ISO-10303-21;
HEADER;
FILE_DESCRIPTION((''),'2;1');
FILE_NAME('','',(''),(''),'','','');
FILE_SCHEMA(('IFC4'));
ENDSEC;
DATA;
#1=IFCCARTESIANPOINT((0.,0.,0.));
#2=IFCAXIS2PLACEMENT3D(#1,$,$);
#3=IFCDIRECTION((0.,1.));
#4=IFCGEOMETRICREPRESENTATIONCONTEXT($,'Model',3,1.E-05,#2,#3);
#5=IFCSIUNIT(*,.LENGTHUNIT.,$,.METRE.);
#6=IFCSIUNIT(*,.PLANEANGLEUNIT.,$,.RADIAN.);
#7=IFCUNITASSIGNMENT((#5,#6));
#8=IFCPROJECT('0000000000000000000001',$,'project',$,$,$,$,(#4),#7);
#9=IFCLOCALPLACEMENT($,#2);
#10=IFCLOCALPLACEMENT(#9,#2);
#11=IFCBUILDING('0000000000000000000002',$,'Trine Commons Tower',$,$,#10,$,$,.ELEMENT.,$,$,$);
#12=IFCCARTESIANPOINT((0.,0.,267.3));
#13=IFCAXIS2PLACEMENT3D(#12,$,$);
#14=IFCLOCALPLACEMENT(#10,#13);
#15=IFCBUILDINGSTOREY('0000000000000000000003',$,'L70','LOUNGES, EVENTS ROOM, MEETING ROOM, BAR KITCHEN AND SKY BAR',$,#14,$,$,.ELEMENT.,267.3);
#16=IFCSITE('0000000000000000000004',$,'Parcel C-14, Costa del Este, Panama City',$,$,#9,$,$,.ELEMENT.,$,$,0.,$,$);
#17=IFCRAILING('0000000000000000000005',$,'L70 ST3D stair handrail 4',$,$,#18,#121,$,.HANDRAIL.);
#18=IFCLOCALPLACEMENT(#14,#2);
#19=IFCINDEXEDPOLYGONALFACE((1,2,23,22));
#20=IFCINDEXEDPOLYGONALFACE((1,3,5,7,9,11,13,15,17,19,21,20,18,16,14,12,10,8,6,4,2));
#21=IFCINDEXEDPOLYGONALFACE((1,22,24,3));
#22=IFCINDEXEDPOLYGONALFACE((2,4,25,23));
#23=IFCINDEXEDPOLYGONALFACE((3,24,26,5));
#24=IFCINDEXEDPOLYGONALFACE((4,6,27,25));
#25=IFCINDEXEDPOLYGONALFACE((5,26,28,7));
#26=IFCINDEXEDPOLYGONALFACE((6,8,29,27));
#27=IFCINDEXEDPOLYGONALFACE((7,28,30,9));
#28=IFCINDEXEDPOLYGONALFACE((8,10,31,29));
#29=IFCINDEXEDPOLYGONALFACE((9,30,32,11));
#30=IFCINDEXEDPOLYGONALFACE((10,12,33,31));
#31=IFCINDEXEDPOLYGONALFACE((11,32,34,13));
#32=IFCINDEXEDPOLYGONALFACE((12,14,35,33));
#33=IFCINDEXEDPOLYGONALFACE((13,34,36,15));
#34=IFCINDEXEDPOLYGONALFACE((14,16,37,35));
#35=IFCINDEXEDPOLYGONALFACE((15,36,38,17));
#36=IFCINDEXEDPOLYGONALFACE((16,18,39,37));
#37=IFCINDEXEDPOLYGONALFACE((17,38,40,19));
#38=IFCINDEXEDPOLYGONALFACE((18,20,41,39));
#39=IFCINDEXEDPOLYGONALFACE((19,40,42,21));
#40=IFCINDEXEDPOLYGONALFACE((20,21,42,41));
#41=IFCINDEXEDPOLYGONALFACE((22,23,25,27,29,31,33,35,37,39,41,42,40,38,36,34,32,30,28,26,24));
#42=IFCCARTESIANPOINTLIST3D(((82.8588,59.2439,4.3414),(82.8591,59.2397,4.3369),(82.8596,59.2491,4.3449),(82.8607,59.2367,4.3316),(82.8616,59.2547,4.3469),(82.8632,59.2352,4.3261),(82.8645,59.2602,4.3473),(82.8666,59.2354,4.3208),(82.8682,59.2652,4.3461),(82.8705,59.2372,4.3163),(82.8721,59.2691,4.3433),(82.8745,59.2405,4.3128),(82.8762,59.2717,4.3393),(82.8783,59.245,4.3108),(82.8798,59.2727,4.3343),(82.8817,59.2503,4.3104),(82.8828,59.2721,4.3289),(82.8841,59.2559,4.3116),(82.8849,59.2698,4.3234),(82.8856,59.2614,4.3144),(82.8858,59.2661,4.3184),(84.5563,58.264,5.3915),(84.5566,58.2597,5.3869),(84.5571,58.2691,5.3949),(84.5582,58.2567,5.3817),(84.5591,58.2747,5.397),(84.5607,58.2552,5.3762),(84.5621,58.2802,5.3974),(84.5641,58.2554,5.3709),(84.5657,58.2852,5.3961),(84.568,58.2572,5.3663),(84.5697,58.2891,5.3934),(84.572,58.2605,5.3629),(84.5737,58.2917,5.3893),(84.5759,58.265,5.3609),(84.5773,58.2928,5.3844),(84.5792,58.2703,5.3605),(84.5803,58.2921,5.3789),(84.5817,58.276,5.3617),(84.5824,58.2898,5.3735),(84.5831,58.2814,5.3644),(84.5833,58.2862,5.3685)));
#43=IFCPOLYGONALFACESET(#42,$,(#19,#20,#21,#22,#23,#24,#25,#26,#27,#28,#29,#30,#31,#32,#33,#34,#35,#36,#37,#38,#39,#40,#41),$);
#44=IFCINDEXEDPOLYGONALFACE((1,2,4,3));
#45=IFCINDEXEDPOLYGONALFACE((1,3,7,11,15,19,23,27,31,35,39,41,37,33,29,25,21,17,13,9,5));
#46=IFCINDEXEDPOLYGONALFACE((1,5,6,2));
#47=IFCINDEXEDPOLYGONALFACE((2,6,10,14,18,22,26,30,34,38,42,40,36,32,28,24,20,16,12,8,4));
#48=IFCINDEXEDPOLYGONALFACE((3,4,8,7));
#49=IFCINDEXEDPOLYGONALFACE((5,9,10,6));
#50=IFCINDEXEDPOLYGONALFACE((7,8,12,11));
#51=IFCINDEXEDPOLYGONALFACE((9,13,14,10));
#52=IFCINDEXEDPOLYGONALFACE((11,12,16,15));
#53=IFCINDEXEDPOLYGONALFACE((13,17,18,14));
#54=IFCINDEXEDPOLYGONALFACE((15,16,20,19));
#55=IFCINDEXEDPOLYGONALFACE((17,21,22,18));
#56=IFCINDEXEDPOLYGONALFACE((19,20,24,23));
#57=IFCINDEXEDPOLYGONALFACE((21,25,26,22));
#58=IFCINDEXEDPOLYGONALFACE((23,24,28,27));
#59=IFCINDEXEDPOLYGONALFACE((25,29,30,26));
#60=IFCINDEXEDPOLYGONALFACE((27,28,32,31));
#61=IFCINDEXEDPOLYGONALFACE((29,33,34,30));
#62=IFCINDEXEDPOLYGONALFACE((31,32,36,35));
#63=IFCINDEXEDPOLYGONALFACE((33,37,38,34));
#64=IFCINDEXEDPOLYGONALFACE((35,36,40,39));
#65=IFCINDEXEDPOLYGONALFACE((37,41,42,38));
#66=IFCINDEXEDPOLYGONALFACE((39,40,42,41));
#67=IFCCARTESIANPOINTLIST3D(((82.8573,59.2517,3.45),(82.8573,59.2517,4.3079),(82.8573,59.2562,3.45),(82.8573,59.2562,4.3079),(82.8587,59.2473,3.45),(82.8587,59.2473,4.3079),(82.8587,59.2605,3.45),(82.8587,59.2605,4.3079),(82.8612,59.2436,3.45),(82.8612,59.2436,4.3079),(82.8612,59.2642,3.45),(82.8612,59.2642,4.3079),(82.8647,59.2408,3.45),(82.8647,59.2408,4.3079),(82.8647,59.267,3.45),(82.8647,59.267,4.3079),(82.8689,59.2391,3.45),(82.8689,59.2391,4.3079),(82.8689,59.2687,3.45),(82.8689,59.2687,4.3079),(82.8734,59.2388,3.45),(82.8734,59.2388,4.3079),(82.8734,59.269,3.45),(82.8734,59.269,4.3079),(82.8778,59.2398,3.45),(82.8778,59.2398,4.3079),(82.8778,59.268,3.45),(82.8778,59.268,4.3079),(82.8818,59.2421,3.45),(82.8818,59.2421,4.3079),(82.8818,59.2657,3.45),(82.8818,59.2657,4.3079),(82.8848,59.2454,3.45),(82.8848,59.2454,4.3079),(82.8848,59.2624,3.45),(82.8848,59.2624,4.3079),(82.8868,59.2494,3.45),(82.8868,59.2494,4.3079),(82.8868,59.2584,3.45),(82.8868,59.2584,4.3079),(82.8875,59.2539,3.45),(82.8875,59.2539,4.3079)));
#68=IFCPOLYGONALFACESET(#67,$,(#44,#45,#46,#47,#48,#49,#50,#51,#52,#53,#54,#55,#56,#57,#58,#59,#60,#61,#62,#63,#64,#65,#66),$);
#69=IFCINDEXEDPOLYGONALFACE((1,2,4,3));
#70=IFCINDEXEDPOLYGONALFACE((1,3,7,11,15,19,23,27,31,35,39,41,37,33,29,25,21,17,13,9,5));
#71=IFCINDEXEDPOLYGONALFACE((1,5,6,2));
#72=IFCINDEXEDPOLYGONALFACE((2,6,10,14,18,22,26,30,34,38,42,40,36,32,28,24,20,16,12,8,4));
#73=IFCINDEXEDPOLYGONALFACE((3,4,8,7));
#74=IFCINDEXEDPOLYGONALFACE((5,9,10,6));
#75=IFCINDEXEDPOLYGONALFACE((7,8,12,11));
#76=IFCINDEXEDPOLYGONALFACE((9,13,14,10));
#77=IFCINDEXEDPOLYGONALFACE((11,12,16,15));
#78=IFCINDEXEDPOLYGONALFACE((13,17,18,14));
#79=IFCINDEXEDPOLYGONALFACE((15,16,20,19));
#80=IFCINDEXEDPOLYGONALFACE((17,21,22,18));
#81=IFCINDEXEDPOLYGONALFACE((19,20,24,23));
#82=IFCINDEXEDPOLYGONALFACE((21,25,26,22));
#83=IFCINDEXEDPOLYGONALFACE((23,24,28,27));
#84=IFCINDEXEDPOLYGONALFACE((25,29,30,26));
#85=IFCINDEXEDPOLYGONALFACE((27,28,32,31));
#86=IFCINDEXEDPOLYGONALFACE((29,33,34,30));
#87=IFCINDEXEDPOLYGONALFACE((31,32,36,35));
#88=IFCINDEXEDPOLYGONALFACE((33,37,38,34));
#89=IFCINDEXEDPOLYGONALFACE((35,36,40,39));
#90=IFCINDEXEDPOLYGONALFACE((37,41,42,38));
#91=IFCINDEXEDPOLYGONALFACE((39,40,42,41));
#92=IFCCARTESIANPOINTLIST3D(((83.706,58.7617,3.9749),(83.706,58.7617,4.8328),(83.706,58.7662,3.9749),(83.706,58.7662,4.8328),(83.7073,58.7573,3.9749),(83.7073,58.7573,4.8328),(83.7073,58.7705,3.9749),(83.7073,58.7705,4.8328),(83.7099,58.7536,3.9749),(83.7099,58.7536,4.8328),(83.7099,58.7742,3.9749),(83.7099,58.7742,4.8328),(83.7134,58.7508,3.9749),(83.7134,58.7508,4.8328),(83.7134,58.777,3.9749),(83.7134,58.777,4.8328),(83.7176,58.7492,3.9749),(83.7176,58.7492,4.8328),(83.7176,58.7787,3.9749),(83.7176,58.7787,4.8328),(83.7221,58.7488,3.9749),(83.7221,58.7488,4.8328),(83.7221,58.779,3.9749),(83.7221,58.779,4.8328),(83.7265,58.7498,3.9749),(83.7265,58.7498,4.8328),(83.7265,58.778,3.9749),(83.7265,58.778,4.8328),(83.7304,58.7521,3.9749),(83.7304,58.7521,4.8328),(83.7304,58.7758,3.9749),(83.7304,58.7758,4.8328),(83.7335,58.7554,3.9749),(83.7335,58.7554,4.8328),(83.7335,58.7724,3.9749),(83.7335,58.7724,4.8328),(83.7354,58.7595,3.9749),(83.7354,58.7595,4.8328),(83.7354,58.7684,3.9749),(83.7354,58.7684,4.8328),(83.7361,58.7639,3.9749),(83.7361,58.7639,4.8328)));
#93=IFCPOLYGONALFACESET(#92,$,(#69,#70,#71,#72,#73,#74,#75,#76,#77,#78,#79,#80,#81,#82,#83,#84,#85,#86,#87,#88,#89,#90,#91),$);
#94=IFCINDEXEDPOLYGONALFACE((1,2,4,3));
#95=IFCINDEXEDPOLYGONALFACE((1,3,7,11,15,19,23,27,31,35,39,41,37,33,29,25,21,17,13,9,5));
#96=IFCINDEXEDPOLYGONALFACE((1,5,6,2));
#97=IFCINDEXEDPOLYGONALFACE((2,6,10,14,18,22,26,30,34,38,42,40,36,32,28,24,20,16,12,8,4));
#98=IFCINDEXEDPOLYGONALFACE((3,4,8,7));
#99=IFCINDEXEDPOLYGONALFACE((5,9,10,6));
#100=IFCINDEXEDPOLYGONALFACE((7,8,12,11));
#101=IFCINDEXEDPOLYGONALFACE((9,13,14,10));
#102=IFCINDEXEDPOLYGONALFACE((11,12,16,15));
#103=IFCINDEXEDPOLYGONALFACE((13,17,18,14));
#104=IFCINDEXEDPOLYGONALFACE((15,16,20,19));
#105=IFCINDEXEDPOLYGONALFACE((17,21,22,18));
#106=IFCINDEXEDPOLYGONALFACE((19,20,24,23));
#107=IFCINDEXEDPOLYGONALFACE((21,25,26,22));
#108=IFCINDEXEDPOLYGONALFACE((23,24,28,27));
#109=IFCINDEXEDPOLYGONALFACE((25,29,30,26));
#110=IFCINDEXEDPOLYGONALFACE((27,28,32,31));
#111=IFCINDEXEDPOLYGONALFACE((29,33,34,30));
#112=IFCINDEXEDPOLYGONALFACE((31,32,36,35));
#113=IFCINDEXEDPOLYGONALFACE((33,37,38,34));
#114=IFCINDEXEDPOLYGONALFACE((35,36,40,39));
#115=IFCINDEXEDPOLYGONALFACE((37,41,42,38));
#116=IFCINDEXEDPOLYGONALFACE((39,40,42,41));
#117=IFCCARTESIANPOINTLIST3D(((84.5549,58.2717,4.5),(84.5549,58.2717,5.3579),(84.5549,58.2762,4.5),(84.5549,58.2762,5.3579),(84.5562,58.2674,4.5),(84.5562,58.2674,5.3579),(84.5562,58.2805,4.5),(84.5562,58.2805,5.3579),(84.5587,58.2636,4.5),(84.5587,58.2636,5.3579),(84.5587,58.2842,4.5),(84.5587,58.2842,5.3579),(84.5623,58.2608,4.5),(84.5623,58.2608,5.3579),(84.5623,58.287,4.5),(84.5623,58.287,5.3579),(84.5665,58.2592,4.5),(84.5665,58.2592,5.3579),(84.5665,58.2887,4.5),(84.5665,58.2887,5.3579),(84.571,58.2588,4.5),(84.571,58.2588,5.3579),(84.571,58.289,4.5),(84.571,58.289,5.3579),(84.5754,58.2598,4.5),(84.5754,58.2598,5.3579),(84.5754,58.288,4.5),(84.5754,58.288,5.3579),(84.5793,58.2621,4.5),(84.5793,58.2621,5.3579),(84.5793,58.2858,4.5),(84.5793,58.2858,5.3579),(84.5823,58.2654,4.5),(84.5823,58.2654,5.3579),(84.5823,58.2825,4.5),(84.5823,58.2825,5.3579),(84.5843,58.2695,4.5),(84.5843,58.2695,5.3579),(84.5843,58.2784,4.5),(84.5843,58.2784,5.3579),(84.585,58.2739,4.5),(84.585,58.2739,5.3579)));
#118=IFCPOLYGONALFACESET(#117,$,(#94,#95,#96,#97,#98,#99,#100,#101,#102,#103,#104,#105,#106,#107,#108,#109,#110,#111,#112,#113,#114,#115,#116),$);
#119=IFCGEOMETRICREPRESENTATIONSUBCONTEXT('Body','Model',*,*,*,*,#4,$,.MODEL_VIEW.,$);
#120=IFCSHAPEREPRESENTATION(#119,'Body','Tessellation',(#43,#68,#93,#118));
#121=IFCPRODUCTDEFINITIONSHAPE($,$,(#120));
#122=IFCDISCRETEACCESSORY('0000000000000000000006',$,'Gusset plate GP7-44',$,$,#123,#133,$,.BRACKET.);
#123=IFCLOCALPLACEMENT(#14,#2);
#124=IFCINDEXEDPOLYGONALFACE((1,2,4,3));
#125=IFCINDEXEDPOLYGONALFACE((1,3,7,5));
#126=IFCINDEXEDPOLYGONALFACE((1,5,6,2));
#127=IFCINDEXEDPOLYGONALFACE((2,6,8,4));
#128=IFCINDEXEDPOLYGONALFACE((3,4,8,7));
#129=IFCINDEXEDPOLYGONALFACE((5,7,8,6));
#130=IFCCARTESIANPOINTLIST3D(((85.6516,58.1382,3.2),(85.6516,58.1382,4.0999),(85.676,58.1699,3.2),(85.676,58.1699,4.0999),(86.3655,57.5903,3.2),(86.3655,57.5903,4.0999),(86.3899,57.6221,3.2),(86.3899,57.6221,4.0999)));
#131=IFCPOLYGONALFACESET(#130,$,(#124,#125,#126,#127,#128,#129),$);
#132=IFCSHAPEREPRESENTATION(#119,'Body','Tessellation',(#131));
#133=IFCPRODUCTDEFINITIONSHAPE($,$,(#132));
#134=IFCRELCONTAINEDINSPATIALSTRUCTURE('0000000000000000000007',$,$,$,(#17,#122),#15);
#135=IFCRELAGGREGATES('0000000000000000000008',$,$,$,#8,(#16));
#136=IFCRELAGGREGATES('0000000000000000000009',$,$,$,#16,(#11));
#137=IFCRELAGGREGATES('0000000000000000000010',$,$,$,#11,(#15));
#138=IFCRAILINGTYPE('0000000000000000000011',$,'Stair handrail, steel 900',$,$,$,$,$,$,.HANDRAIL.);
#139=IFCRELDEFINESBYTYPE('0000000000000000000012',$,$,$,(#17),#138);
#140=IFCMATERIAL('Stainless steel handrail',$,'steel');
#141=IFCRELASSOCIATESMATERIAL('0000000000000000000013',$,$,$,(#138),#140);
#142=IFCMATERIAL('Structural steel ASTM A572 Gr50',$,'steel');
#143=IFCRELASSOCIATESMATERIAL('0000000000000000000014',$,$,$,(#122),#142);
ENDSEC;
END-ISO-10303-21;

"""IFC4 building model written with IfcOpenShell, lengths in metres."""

from ifc_helpers import new_model, si_unit, direction, frame, origin, origin_2d, place, context, subcontext, project, spatial, rectangle, circle, extrude, material, type_object, element, save


model = new_model("IFC4")

# Units and contexts
model_context = context("Model", 3, precision=1e-05, world=origin(), true_north=direction((0.0, 1.0)))
body_context = subcontext(model_context, "Body", "Model", "MODEL_VIEW")
ifc_project = project(units=[si_unit("LENGTHUNIT", "METRE"), si_unit("PLANEANGLEUNIT", "RADIAN")], contexts=[model_context])

# Site, building, storey
site_placement = place(None, origin())
site = spatial("IfcSite", under=ifc_project, at=site_placement, Name="Parcel C-14, Costa del Este, Panama City", CompositionType="ELEMENT", RefElevation=0.0)
building_placement = place(site_placement, origin())
building = spatial("IfcBuilding", under=site, at=building_placement, Name="Trine Commons Tower", CompositionType="ELEMENT")
storey_placement = place(building_placement, frame((0.0, 0.0, 267.3)))
storey = spatial("IfcBuildingStorey", under=building, at=storey_placement, Name="L70", Description="LOUNGES, EVENTS ROOM, MEETING ROOM, BAR KITCHEN AND SKY BAR", CompositionType="ELEMENT", Elevation=267.3)

# Railing
ifc_material_1 = material(Name="Stainless steel handrail", Category="steel")
railing_type_1 = type_object("IfcRailingType", Name="Stair handrail, steel 900", PredefinedType="HANDRAIL", material=ifc_material_1)
railing_1_placement = place(storey_placement, frame((82.8723, 59.2539, 3.45)))
element("IfcRailing", 1, at=railing_1_placement, inside=storey, type_object=railing_type_1, Name="L70 ST3D stair handrail 4", PredefinedType="HANDRAIL", context=body_context, shape_type="SweptSolid", body=[
    extrude(circle(Radius=0.021, at=origin_2d()), frame((0.0, 0.0, 0.8789), z_axis=(0.763398, -0.440713, 0.472224), x_axis=(0.49997, 0.866042, 0.0)), (0.0, 0.0, 1.0), 2.2236),
    extrude(circle(Radius=0.0151, at=origin_2d()), origin(), (0.0, 0.0, 1.0), 0.8579),
    extrude(circle(Radius=0.0151, at=origin_2d()), frame((0.8486, -0.49, 0.5249)), (0.0, 0.0, 1.0), 0.8579),
    extrude(circle(Radius=0.0151, at=origin_2d()), frame((1.6975, -0.98, 1.05)), (0.0, 0.0, 1.0), 0.8579),
])

# Discrete accessory
ifc_material_2 = material(Name="Structural steel ASTM A572 Gr50", Category="steel")
discrete_accessory_placement = place(storey_placement, frame((86.0208, 57.8801, 3.2), z_axis=(0.0, 0.0, 1.0), x_axis=(0.793353, -0.608761, 0.0)))
element("IfcDiscreteAccessory", 2, at=discrete_accessory_placement, inside=storey, material=ifc_material_2, Name="Gusset plate GP7-44", PredefinedType="BRACKET", context=body_context, shape_type="SweptSolid", body=[
    extrude(rectangle(XDim=0.8999, YDim=0.04, at=origin_2d()), origin(), (0.0, 0.0, 1.0), 0.8999),
])

save(model, "model.ifc")
